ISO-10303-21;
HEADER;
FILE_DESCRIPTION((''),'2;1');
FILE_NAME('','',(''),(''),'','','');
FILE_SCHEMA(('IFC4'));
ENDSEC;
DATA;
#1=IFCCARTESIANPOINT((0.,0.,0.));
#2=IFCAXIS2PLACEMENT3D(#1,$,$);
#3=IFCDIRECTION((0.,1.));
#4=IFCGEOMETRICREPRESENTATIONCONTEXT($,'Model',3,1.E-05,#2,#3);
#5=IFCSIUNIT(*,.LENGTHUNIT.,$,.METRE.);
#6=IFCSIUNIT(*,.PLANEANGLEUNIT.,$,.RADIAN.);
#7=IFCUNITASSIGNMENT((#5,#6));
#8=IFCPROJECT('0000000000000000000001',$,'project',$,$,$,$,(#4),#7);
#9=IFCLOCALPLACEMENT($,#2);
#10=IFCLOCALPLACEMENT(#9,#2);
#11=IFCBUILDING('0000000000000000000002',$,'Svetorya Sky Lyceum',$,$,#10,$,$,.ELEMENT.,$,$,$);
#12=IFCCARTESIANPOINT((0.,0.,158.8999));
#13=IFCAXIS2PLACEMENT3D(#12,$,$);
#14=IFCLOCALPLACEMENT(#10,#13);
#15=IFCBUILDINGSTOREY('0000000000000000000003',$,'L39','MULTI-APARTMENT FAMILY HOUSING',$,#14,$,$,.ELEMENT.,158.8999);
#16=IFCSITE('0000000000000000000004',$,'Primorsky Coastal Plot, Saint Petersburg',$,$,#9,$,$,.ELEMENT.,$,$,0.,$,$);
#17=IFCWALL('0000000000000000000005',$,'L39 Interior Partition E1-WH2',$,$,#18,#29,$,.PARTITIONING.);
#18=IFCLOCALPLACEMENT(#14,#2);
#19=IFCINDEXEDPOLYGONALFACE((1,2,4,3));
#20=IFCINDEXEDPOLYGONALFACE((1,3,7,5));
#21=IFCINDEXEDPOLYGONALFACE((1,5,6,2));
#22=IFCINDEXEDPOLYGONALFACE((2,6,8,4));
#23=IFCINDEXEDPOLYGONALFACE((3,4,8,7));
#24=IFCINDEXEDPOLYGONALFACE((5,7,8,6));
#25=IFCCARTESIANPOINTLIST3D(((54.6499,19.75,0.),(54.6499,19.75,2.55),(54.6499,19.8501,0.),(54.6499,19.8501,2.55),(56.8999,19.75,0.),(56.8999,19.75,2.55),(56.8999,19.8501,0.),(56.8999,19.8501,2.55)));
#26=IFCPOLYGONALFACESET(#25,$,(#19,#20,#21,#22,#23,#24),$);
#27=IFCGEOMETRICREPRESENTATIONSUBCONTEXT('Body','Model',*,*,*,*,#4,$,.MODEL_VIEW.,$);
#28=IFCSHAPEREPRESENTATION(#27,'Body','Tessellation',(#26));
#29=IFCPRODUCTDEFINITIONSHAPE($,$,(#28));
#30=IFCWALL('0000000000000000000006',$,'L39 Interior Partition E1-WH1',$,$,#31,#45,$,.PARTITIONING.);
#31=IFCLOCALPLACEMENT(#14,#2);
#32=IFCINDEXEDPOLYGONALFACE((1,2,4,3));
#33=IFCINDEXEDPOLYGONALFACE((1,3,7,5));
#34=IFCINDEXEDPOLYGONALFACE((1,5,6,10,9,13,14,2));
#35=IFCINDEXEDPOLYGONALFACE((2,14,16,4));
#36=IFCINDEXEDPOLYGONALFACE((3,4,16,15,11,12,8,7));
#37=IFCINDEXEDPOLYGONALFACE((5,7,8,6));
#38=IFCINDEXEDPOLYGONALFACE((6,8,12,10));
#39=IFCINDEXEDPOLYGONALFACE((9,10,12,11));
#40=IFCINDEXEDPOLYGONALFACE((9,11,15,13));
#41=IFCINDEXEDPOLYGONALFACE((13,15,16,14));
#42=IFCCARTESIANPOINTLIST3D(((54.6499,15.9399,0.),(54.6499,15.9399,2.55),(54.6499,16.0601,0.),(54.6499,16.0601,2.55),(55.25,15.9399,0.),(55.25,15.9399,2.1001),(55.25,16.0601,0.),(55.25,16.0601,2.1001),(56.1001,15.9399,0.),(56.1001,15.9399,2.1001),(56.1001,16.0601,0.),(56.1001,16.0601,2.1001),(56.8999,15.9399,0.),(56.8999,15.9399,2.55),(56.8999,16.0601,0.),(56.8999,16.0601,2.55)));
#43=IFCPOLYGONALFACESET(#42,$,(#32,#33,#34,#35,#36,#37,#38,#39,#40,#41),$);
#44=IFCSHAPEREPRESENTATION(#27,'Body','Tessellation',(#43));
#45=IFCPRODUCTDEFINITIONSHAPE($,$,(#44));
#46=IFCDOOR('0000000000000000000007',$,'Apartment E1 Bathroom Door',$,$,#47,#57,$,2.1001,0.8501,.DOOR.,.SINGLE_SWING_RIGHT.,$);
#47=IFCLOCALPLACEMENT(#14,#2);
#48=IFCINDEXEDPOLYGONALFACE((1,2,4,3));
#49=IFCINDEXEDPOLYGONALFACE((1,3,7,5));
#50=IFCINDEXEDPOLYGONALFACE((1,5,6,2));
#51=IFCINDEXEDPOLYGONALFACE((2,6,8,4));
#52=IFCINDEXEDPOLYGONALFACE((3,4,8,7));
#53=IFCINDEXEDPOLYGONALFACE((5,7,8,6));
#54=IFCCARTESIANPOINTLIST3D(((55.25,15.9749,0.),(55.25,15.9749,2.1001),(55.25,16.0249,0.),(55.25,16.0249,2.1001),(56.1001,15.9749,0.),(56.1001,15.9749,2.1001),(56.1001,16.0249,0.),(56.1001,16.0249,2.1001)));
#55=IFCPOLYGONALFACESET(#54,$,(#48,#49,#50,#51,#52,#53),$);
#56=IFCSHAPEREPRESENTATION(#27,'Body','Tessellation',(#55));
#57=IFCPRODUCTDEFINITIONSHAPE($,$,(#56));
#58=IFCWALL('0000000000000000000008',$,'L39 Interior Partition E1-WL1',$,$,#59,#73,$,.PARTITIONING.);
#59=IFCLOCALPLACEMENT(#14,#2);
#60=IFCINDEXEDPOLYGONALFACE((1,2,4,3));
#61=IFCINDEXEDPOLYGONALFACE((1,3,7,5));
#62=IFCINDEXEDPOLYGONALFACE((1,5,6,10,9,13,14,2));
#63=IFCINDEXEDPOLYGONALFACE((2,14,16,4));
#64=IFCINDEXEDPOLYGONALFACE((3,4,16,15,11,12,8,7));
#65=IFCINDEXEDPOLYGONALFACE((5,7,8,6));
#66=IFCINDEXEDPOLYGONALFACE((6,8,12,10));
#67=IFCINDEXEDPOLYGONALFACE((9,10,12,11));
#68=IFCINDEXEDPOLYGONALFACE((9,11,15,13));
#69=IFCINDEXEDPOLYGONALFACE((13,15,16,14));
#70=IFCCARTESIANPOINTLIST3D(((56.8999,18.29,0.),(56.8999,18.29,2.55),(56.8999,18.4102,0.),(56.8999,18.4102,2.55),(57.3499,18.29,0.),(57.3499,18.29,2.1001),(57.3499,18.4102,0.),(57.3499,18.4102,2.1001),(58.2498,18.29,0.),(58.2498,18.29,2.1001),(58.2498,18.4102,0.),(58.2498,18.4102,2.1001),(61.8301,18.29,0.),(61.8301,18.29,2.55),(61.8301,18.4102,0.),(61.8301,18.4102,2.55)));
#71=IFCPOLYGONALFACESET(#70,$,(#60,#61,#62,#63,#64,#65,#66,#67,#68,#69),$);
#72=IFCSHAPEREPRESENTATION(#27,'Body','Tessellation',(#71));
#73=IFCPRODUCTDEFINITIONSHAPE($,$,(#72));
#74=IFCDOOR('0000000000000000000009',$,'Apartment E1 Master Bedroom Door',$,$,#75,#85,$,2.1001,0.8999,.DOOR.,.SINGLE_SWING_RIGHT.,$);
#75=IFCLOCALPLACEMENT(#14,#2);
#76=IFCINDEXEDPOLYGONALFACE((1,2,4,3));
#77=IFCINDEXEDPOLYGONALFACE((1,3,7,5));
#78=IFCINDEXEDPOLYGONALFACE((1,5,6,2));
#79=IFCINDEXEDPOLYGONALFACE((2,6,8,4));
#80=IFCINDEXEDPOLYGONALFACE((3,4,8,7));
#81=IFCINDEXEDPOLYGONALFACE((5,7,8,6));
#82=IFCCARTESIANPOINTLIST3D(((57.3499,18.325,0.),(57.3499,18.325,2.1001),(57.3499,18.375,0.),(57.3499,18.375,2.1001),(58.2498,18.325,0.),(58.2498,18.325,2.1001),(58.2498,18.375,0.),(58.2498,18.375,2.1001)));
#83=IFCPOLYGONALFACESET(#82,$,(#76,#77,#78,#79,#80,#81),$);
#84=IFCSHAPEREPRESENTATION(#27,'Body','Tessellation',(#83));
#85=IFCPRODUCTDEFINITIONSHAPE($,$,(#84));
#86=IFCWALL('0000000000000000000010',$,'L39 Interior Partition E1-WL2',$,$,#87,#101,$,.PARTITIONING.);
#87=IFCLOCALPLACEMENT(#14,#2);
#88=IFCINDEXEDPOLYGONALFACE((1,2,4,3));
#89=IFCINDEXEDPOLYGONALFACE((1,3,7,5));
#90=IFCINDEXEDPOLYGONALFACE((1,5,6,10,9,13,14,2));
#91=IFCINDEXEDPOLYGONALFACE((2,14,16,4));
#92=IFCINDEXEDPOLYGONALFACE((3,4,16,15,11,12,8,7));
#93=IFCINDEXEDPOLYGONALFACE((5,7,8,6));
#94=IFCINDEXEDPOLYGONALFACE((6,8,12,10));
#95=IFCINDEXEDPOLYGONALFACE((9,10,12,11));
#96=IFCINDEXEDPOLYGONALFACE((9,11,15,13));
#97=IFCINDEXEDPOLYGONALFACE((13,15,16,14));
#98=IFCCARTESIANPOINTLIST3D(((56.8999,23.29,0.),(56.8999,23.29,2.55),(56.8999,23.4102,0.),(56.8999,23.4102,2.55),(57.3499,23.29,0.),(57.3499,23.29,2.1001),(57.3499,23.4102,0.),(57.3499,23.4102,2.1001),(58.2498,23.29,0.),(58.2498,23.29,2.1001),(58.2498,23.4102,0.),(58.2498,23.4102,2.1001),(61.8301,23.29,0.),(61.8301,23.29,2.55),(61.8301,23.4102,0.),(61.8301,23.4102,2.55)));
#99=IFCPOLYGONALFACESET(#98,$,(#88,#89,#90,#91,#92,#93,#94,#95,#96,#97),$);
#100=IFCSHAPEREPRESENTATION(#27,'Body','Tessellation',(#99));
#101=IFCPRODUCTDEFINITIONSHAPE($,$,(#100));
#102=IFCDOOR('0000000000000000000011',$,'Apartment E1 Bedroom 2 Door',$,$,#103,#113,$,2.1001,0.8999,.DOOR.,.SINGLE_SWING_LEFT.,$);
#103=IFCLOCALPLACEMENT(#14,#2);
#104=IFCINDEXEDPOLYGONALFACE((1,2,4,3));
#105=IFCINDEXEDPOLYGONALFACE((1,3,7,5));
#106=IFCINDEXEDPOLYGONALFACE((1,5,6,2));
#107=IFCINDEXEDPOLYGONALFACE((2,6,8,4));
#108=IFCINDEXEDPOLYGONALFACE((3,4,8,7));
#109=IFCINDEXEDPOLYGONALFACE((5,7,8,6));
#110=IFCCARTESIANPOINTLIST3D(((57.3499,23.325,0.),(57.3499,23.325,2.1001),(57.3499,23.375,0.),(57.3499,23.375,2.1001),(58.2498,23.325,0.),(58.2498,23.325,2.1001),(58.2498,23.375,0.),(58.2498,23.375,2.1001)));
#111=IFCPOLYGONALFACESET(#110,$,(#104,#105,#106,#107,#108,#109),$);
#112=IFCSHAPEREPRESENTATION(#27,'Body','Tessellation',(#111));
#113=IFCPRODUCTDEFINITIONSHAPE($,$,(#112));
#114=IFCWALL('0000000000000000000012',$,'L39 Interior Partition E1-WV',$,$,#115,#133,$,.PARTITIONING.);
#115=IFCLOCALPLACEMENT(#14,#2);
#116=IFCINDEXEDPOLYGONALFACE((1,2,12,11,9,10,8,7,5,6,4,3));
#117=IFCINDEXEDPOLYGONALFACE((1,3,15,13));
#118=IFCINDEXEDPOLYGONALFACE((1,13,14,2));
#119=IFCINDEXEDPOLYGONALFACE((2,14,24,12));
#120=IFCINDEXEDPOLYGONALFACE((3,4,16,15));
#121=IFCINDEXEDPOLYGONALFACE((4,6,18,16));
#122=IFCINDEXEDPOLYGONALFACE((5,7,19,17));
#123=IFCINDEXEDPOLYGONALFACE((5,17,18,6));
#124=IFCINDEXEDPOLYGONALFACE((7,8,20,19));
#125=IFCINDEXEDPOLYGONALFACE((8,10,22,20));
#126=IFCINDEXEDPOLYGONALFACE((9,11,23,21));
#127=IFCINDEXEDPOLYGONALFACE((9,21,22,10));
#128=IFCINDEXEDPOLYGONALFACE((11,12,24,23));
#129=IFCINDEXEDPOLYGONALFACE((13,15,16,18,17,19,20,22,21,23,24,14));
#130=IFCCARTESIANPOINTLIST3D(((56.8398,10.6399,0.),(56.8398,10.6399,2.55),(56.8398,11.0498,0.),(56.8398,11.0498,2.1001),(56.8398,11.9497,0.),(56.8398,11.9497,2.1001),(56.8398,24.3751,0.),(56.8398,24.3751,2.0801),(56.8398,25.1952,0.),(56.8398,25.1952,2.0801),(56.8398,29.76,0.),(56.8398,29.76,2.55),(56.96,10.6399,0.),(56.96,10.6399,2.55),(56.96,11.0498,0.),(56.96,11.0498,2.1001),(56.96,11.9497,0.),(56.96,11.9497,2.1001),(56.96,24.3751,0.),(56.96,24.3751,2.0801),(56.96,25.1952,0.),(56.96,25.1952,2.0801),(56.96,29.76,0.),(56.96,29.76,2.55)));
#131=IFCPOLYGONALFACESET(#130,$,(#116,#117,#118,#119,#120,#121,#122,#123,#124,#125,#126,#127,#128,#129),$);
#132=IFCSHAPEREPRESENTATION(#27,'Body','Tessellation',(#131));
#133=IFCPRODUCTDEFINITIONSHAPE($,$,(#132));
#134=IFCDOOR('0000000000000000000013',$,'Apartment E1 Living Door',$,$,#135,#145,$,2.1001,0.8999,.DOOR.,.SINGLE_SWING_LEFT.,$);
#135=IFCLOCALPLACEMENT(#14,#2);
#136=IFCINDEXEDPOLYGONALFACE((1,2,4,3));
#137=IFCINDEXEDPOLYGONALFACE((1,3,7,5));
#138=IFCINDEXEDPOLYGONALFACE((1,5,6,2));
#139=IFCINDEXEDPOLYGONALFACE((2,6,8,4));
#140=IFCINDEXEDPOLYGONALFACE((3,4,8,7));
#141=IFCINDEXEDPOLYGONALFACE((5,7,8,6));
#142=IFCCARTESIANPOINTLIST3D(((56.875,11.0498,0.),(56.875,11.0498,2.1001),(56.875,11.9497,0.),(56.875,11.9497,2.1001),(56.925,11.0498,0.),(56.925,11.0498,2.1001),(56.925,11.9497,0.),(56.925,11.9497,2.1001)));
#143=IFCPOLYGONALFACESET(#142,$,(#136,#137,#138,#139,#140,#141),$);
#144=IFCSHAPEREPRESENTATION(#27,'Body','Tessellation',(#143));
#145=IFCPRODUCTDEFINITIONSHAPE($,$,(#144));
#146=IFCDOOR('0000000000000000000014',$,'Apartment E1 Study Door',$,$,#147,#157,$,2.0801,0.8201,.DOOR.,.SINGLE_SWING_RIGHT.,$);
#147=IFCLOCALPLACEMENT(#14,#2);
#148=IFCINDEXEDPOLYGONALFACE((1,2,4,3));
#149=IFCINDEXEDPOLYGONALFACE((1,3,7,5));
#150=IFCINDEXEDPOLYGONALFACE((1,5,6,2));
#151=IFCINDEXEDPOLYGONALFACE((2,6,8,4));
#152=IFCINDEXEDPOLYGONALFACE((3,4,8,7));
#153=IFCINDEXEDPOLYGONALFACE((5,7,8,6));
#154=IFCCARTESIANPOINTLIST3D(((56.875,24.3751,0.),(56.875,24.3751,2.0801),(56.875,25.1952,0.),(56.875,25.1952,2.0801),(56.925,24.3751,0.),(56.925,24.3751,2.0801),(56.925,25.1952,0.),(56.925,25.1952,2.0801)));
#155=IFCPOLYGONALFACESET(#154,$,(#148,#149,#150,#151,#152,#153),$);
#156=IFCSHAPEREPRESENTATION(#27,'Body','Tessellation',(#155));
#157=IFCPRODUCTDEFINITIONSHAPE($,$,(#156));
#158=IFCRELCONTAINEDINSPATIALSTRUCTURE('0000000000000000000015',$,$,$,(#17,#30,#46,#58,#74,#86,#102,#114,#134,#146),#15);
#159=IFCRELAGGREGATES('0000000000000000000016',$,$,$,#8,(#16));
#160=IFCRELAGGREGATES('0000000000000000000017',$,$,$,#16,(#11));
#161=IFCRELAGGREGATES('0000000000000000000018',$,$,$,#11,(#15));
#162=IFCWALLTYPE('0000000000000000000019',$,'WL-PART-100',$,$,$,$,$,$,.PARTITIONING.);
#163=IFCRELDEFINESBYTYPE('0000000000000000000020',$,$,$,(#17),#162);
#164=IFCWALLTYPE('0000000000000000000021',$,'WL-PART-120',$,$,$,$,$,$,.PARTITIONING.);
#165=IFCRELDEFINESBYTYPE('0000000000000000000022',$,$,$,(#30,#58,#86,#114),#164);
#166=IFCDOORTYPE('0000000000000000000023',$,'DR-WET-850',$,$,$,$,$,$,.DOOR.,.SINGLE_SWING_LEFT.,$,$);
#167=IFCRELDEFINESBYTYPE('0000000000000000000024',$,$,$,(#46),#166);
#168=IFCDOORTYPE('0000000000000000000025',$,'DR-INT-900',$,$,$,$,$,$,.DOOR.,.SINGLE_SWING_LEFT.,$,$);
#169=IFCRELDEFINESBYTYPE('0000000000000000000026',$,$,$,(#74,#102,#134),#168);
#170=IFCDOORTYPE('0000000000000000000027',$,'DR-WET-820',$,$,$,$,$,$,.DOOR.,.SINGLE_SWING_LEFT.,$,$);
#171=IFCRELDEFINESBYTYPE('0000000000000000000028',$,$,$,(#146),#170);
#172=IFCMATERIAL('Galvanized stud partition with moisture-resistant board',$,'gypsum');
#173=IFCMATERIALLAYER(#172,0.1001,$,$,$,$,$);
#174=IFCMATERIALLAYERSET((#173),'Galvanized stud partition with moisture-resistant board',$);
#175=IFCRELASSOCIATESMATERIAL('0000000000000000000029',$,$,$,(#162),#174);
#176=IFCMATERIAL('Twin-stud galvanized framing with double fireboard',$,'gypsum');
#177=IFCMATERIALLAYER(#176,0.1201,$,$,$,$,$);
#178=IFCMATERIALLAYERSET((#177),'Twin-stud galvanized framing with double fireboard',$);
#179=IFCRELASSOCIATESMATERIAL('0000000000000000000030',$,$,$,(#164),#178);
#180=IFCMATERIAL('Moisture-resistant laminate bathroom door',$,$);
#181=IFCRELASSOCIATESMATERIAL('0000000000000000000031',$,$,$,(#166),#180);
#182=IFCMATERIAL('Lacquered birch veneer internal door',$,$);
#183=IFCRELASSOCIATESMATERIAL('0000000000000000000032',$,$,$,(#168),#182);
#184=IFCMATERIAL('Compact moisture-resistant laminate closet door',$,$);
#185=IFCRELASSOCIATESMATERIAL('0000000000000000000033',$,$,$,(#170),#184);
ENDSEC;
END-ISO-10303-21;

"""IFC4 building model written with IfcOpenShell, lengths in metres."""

from ifc_helpers import new_model, si_unit, direction, frame, frame_2d, origin, place, context, subcontext, project, spatial, rectangle, extrude, material, layer, layer_set, type_object, element, fill, save


model = new_model("IFC4")

# Units and contexts
model_context = context("Model", 3, precision=1e-05, world=origin(), true_north=direction((0.0, 1.0)))
body_context = subcontext(model_context, "Body", "Model", "MODEL_VIEW")
ifc_project = project(units=[si_unit("LENGTHUNIT", "METRE"), si_unit("PLANEANGLEUNIT", "RADIAN")], contexts=[model_context])

# Site, building, storey
site_placement = place(None, origin())
site = spatial("IfcSite", under=ifc_project, at=site_placement, Name="Primorsky Coastal Plot, Saint Petersburg", CompositionType="ELEMENT", RefElevation=0.0)
building_placement = place(site_placement, origin())
building = spatial("IfcBuilding", under=site, at=building_placement, Name="Svetorya Sky Lyceum", CompositionType="ELEMENT")
storey_placement = place(building_placement, frame((0.0, 0.0, 158.8999)))
storey = spatial("IfcBuildingStorey", under=building, at=storey_placement, Name="L39", Description="MULTI-APARTMENT FAMILY HOUSING", CompositionType="ELEMENT", Elevation=158.8999)

# Wall
ifc_material_1 = material(Name="Galvanized stud partition with moisture-resistant board", Category="gypsum")
ifc_layer_1 = layer(ifc_material_1, 0.1001)
ifc_layer_set_1 = layer_set([ifc_layer_1], Name="Galvanized stud partition with moisture-resistant board")
wall_type_1 = type_object("IfcWallType", Name="WL-PART-100", PredefinedType="PARTITIONING", material=ifc_layer_set_1)
wall_1_placement = place(storey_placement, frame((54.6499, 19.8, 0.0), z_axis=(0.0, 0.0, 1.0), x_axis=(1.0, 0.0, 0.0)))
element("IfcWall", 1, at=wall_1_placement, inside=storey, type_object=wall_type_1, Name="L39 Interior Partition E1-WH2", PredefinedType="PARTITIONING", context=body_context, shape_type="SweptSolid", body=[
    extrude(rectangle(XDim=2.25, YDim=0.1001, at=frame_2d((1.125, 0.0))), origin(), (0.0, 0.0, 1.0), 2.55),
])

# Walls, openings, doors
ifc_material_2 = material(Name="Twin-stud galvanized framing with double fireboard", Category="gypsum")
ifc_layer_2 = layer(ifc_material_2, 0.1201)
ifc_layer_set_2 = layer_set([ifc_layer_2], Name="Twin-stud galvanized framing with double fireboard")
wall_type_2 = type_object("IfcWallType", Name="WL-PART-120", PredefinedType="PARTITIONING", material=ifc_layer_set_2)
wall_2_placement = place(storey_placement, frame((54.6499, 16.0, 0.0), z_axis=(0.0, 0.0, 1.0), x_axis=(1.0, 0.0, 0.0)))
wall_2 = element("IfcWall", 2, at=wall_2_placement, inside=storey, type_object=wall_type_2, Name="L39 Interior Partition E1-WH1", PredefinedType="PARTITIONING", context=body_context, shape_type="SweptSolid", body=[
    extrude(rectangle(XDim=2.25, YDim=0.1201, at=frame_2d((1.125, 0.0))), origin(), (0.0, 0.0, 1.0), 2.55),
])
opening_1_placement = place(wall_2_placement, frame((0.6001, 0.0, 0.0)))
opening_1 = element("IfcOpeningElement", 3, at=opening_1_placement, cuts=wall_2, PredefinedType="OPENING", context=body_context, shape_type="SweptSolid", body=[
    extrude(rectangle(XDim=0.8501, YDim=2.1001, at=frame_2d((0.425, 1.05))), frame((0.0, 0.0701, 0.0), z_axis=(0.0, -1.0, 0.0), x_axis=(1.0, 0.0, 0.0)), (0.0, 0.0, 1.0), 0.1401),
])
ifc_material_3 = material(Name="Moisture-resistant laminate bathroom door")
door_type_1 = type_object("IfcDoorType", Name="DR-WET-850", OperationType="SINGLE_SWING_LEFT", PredefinedType="DOOR", material=ifc_material_3)
door_1_placement = place(opening_1_placement, origin())
door_1 = element("IfcDoor", 4, at=door_1_placement, inside=storey, type_object=door_type_1, Name="Apartment E1 Bathroom Door", OperationType="SINGLE_SWING_RIGHT", OverallHeight=2.1001, OverallWidth=0.8501, PredefinedType="DOOR", context=body_context, shape_type="SweptSolid", body=[
    extrude(rectangle(XDim=0.8501, YDim=2.1001, at=frame_2d((0.425, 1.05))), frame((0.0, 0.0249, 0.0), z_axis=(0.0, -1.0, 0.0), x_axis=(1.0, 0.0, 0.0)), (0.0, 0.0, 1.0), 0.05),
])
fill(opening_1, door_1)
wall_3_placement = place(storey_placement, frame((56.8999, 18.3501, 0.0), z_axis=(0.0, 0.0, 1.0), x_axis=(1.0, 0.0, 0.0)))
wall_3 = element("IfcWall", 5, at=wall_3_placement, inside=storey, type_object=wall_type_2, Name="L39 Interior Partition E1-WL1", PredefinedType="PARTITIONING", context=body_context, shape_type="SweptSolid", body=[
    extrude(rectangle(XDim=4.9302, YDim=0.1201, at=frame_2d((2.4651, 0.0))), origin(), (0.0, 0.0, 1.0), 2.55),
])
opening_2_placement = place(wall_3_placement, frame((0.45, 0.0, 0.0)))
opening_2 = element("IfcOpeningElement", 6, at=opening_2_placement, cuts=wall_3, PredefinedType="OPENING", context=body_context, shape_type="SweptSolid", body=[
    extrude(rectangle(XDim=0.8999, YDim=2.1001, at=frame_2d((0.45, 1.05))), frame((0.0, 0.0701, 0.0), z_axis=(0.0, -1.0, 0.0), x_axis=(1.0, 0.0, 0.0)), (0.0, 0.0, 1.0), 0.1401),
])
ifc_material_4 = material(Name="Lacquered birch veneer internal door")
door_type_2 = type_object("IfcDoorType", Name="DR-INT-900", OperationType="SINGLE_SWING_LEFT", PredefinedType="DOOR", material=ifc_material_4)
door_2_placement = place(opening_2_placement, origin())
door_2 = element("IfcDoor", 7, at=door_2_placement, inside=storey, type_object=door_type_2, Name="Apartment E1 Master Bedroom Door", OperationType="SINGLE_SWING_RIGHT", OverallHeight=2.1001, OverallWidth=0.8999, PredefinedType="DOOR", context=body_context, shape_type="SweptSolid", body=[
    extrude(rectangle(XDim=0.8999, YDim=2.1001, at=frame_2d((0.45, 1.05))), frame((0.0, 0.0249, 0.0), z_axis=(0.0, -1.0, 0.0), x_axis=(1.0, 0.0, 0.0)), (0.0, 0.0, 1.0), 0.05),
])
fill(opening_2, door_2)
wall_4_placement = place(storey_placement, frame((56.8999, 23.3501, 0.0), z_axis=(0.0, 0.0, 1.0), x_axis=(1.0, 0.0, 0.0)))
wall_4 = element("IfcWall", 8, at=wall_4_placement, inside=storey, type_object=wall_type_2, Name="L39 Interior Partition E1-WL2", PredefinedType="PARTITIONING", context=body_context, shape_type="SweptSolid", body=[
    extrude(rectangle(XDim=4.9302, YDim=0.1201, at=frame_2d((2.4651, 0.0))), origin(), (0.0, 0.0, 1.0), 2.55),
])
opening_3_placement = place(wall_4_placement, frame((0.45, 0.0, 0.0)))
opening_3 = element("IfcOpeningElement", 9, at=opening_3_placement, cuts=wall_4, PredefinedType="OPENING", context=body_context, shape_type="SweptSolid", body=[
    extrude(rectangle(XDim=0.8999, YDim=2.1001, at=frame_2d((0.45, 1.05))), frame((0.0, 0.0701, 0.0), z_axis=(0.0, -1.0, 0.0), x_axis=(1.0, 0.0, 0.0)), (0.0, 0.0, 1.0), 0.1401),
])
door_3_placement = place(opening_3_placement, origin())
door_3 = element("IfcDoor", 10, at=door_3_placement, inside=storey, type_object=door_type_2, Name="Apartment E1 Bedroom 2 Door", OperationType="SINGLE_SWING_LEFT", OverallHeight=2.1001, OverallWidth=0.8999, PredefinedType="DOOR", context=body_context, shape_type="SweptSolid", body=[
    extrude(rectangle(XDim=0.8999, YDim=2.1001, at=frame_2d((0.45, 1.05))), frame((0.0, 0.0249, 0.0), z_axis=(0.0, -1.0, 0.0), x_axis=(1.0, 0.0, 0.0)), (0.0, 0.0, 1.0), 0.05),
])
fill(opening_3, door_3)

# Wall, openings, doors
wall_5_placement = place(storey_placement, frame((56.8999, 10.6399, 0.0), z_axis=(0.0, 0.0, 1.0), x_axis=(0.0, 1.0, 0.0)))
wall_5 = element("IfcWall", 11, at=wall_5_placement, inside=storey, type_object=wall_type_2, Name="L39 Interior Partition E1-WV", PredefinedType="PARTITIONING", context=body_context, shape_type="SweptSolid", body=[
    extrude(rectangle(XDim=19.1201, YDim=0.1201, at=frame_2d((9.5601, 0.0))), origin(), (0.0, 0.0, 1.0), 2.55),
])
opening_4_placement = place(wall_5_placement, frame((0.4099, 0.0, 0.0)))
opening_4 = element("IfcOpeningElement", 12, at=opening_4_placement, cuts=wall_5, PredefinedType="OPENING", context=body_context, shape_type="SweptSolid", body=[
    extrude(rectangle(XDim=0.8999, YDim=2.1001, at=frame_2d((0.45, 1.05))), frame((0.0, 0.0701, 0.0), z_axis=(0.0, -1.0, 0.0), x_axis=(1.0, 0.0, 0.0)), (0.0, 0.0, 1.0), 0.1401),
])
opening_5_placement = place(wall_5_placement, frame((13.7351, 0.0, 0.0)))
opening_5 = element("IfcOpeningElement", 13, at=opening_5_placement, cuts=wall_5, PredefinedType="OPENING", context=body_context, shape_type="SweptSolid", body=[
    extrude(rectangle(XDim=0.8201, YDim=2.0801, at=frame_2d((0.4102, 1.04))), frame((0.0, 0.0701, 0.0), z_axis=(0.0, -1.0, 0.0), x_axis=(1.0, 0.0, 0.0)), (0.0, 0.0, 1.0), 0.1401),
])
door_4_placement = place(opening_4_placement, origin())
door_4 = element("IfcDoor", 14, at=door_4_placement, inside=storey, type_object=door_type_2, Name="Apartment E1 Living Door", OperationType="SINGLE_SWING_LEFT", OverallHeight=2.1001, OverallWidth=0.8999, PredefinedType="DOOR", context=body_context, shape_type="SweptSolid", body=[
    extrude(rectangle(XDim=0.8999, YDim=2.1001, at=frame_2d((0.45, 1.05))), frame((0.0, 0.0249, 0.0), z_axis=(0.0, -1.0, 0.0), x_axis=(1.0, 0.0, 0.0)), (0.0, 0.0, 1.0), 0.05),
])
fill(opening_4, door_4)
ifc_material_5 = material(Name="Compact moisture-resistant laminate closet door")
door_type_3 = type_object("IfcDoorType", Name="DR-WET-820", OperationType="SINGLE_SWING_LEFT", PredefinedType="DOOR", material=ifc_material_5)
door_5_placement = place(opening_5_placement, origin())
door_5 = element("IfcDoor", 15, at=door_5_placement, inside=storey, type_object=door_type_3, Name="Apartment E1 Study Door", OperationType="SINGLE_SWING_RIGHT", OverallHeight=2.0801, OverallWidth=0.8201, PredefinedType="DOOR", context=body_context, shape_type="SweptSolid", body=[
    extrude(rectangle(XDim=0.8201, YDim=2.0801, at=frame_2d((0.4102, 1.04))), frame((0.0, 0.0249, 0.0), z_axis=(0.0, -1.0, 0.0), x_axis=(1.0, 0.0, 0.0)), (0.0, 0.0, 1.0), 0.05),
])
fill(opening_5, door_5)

save(model, "model.ifc")
